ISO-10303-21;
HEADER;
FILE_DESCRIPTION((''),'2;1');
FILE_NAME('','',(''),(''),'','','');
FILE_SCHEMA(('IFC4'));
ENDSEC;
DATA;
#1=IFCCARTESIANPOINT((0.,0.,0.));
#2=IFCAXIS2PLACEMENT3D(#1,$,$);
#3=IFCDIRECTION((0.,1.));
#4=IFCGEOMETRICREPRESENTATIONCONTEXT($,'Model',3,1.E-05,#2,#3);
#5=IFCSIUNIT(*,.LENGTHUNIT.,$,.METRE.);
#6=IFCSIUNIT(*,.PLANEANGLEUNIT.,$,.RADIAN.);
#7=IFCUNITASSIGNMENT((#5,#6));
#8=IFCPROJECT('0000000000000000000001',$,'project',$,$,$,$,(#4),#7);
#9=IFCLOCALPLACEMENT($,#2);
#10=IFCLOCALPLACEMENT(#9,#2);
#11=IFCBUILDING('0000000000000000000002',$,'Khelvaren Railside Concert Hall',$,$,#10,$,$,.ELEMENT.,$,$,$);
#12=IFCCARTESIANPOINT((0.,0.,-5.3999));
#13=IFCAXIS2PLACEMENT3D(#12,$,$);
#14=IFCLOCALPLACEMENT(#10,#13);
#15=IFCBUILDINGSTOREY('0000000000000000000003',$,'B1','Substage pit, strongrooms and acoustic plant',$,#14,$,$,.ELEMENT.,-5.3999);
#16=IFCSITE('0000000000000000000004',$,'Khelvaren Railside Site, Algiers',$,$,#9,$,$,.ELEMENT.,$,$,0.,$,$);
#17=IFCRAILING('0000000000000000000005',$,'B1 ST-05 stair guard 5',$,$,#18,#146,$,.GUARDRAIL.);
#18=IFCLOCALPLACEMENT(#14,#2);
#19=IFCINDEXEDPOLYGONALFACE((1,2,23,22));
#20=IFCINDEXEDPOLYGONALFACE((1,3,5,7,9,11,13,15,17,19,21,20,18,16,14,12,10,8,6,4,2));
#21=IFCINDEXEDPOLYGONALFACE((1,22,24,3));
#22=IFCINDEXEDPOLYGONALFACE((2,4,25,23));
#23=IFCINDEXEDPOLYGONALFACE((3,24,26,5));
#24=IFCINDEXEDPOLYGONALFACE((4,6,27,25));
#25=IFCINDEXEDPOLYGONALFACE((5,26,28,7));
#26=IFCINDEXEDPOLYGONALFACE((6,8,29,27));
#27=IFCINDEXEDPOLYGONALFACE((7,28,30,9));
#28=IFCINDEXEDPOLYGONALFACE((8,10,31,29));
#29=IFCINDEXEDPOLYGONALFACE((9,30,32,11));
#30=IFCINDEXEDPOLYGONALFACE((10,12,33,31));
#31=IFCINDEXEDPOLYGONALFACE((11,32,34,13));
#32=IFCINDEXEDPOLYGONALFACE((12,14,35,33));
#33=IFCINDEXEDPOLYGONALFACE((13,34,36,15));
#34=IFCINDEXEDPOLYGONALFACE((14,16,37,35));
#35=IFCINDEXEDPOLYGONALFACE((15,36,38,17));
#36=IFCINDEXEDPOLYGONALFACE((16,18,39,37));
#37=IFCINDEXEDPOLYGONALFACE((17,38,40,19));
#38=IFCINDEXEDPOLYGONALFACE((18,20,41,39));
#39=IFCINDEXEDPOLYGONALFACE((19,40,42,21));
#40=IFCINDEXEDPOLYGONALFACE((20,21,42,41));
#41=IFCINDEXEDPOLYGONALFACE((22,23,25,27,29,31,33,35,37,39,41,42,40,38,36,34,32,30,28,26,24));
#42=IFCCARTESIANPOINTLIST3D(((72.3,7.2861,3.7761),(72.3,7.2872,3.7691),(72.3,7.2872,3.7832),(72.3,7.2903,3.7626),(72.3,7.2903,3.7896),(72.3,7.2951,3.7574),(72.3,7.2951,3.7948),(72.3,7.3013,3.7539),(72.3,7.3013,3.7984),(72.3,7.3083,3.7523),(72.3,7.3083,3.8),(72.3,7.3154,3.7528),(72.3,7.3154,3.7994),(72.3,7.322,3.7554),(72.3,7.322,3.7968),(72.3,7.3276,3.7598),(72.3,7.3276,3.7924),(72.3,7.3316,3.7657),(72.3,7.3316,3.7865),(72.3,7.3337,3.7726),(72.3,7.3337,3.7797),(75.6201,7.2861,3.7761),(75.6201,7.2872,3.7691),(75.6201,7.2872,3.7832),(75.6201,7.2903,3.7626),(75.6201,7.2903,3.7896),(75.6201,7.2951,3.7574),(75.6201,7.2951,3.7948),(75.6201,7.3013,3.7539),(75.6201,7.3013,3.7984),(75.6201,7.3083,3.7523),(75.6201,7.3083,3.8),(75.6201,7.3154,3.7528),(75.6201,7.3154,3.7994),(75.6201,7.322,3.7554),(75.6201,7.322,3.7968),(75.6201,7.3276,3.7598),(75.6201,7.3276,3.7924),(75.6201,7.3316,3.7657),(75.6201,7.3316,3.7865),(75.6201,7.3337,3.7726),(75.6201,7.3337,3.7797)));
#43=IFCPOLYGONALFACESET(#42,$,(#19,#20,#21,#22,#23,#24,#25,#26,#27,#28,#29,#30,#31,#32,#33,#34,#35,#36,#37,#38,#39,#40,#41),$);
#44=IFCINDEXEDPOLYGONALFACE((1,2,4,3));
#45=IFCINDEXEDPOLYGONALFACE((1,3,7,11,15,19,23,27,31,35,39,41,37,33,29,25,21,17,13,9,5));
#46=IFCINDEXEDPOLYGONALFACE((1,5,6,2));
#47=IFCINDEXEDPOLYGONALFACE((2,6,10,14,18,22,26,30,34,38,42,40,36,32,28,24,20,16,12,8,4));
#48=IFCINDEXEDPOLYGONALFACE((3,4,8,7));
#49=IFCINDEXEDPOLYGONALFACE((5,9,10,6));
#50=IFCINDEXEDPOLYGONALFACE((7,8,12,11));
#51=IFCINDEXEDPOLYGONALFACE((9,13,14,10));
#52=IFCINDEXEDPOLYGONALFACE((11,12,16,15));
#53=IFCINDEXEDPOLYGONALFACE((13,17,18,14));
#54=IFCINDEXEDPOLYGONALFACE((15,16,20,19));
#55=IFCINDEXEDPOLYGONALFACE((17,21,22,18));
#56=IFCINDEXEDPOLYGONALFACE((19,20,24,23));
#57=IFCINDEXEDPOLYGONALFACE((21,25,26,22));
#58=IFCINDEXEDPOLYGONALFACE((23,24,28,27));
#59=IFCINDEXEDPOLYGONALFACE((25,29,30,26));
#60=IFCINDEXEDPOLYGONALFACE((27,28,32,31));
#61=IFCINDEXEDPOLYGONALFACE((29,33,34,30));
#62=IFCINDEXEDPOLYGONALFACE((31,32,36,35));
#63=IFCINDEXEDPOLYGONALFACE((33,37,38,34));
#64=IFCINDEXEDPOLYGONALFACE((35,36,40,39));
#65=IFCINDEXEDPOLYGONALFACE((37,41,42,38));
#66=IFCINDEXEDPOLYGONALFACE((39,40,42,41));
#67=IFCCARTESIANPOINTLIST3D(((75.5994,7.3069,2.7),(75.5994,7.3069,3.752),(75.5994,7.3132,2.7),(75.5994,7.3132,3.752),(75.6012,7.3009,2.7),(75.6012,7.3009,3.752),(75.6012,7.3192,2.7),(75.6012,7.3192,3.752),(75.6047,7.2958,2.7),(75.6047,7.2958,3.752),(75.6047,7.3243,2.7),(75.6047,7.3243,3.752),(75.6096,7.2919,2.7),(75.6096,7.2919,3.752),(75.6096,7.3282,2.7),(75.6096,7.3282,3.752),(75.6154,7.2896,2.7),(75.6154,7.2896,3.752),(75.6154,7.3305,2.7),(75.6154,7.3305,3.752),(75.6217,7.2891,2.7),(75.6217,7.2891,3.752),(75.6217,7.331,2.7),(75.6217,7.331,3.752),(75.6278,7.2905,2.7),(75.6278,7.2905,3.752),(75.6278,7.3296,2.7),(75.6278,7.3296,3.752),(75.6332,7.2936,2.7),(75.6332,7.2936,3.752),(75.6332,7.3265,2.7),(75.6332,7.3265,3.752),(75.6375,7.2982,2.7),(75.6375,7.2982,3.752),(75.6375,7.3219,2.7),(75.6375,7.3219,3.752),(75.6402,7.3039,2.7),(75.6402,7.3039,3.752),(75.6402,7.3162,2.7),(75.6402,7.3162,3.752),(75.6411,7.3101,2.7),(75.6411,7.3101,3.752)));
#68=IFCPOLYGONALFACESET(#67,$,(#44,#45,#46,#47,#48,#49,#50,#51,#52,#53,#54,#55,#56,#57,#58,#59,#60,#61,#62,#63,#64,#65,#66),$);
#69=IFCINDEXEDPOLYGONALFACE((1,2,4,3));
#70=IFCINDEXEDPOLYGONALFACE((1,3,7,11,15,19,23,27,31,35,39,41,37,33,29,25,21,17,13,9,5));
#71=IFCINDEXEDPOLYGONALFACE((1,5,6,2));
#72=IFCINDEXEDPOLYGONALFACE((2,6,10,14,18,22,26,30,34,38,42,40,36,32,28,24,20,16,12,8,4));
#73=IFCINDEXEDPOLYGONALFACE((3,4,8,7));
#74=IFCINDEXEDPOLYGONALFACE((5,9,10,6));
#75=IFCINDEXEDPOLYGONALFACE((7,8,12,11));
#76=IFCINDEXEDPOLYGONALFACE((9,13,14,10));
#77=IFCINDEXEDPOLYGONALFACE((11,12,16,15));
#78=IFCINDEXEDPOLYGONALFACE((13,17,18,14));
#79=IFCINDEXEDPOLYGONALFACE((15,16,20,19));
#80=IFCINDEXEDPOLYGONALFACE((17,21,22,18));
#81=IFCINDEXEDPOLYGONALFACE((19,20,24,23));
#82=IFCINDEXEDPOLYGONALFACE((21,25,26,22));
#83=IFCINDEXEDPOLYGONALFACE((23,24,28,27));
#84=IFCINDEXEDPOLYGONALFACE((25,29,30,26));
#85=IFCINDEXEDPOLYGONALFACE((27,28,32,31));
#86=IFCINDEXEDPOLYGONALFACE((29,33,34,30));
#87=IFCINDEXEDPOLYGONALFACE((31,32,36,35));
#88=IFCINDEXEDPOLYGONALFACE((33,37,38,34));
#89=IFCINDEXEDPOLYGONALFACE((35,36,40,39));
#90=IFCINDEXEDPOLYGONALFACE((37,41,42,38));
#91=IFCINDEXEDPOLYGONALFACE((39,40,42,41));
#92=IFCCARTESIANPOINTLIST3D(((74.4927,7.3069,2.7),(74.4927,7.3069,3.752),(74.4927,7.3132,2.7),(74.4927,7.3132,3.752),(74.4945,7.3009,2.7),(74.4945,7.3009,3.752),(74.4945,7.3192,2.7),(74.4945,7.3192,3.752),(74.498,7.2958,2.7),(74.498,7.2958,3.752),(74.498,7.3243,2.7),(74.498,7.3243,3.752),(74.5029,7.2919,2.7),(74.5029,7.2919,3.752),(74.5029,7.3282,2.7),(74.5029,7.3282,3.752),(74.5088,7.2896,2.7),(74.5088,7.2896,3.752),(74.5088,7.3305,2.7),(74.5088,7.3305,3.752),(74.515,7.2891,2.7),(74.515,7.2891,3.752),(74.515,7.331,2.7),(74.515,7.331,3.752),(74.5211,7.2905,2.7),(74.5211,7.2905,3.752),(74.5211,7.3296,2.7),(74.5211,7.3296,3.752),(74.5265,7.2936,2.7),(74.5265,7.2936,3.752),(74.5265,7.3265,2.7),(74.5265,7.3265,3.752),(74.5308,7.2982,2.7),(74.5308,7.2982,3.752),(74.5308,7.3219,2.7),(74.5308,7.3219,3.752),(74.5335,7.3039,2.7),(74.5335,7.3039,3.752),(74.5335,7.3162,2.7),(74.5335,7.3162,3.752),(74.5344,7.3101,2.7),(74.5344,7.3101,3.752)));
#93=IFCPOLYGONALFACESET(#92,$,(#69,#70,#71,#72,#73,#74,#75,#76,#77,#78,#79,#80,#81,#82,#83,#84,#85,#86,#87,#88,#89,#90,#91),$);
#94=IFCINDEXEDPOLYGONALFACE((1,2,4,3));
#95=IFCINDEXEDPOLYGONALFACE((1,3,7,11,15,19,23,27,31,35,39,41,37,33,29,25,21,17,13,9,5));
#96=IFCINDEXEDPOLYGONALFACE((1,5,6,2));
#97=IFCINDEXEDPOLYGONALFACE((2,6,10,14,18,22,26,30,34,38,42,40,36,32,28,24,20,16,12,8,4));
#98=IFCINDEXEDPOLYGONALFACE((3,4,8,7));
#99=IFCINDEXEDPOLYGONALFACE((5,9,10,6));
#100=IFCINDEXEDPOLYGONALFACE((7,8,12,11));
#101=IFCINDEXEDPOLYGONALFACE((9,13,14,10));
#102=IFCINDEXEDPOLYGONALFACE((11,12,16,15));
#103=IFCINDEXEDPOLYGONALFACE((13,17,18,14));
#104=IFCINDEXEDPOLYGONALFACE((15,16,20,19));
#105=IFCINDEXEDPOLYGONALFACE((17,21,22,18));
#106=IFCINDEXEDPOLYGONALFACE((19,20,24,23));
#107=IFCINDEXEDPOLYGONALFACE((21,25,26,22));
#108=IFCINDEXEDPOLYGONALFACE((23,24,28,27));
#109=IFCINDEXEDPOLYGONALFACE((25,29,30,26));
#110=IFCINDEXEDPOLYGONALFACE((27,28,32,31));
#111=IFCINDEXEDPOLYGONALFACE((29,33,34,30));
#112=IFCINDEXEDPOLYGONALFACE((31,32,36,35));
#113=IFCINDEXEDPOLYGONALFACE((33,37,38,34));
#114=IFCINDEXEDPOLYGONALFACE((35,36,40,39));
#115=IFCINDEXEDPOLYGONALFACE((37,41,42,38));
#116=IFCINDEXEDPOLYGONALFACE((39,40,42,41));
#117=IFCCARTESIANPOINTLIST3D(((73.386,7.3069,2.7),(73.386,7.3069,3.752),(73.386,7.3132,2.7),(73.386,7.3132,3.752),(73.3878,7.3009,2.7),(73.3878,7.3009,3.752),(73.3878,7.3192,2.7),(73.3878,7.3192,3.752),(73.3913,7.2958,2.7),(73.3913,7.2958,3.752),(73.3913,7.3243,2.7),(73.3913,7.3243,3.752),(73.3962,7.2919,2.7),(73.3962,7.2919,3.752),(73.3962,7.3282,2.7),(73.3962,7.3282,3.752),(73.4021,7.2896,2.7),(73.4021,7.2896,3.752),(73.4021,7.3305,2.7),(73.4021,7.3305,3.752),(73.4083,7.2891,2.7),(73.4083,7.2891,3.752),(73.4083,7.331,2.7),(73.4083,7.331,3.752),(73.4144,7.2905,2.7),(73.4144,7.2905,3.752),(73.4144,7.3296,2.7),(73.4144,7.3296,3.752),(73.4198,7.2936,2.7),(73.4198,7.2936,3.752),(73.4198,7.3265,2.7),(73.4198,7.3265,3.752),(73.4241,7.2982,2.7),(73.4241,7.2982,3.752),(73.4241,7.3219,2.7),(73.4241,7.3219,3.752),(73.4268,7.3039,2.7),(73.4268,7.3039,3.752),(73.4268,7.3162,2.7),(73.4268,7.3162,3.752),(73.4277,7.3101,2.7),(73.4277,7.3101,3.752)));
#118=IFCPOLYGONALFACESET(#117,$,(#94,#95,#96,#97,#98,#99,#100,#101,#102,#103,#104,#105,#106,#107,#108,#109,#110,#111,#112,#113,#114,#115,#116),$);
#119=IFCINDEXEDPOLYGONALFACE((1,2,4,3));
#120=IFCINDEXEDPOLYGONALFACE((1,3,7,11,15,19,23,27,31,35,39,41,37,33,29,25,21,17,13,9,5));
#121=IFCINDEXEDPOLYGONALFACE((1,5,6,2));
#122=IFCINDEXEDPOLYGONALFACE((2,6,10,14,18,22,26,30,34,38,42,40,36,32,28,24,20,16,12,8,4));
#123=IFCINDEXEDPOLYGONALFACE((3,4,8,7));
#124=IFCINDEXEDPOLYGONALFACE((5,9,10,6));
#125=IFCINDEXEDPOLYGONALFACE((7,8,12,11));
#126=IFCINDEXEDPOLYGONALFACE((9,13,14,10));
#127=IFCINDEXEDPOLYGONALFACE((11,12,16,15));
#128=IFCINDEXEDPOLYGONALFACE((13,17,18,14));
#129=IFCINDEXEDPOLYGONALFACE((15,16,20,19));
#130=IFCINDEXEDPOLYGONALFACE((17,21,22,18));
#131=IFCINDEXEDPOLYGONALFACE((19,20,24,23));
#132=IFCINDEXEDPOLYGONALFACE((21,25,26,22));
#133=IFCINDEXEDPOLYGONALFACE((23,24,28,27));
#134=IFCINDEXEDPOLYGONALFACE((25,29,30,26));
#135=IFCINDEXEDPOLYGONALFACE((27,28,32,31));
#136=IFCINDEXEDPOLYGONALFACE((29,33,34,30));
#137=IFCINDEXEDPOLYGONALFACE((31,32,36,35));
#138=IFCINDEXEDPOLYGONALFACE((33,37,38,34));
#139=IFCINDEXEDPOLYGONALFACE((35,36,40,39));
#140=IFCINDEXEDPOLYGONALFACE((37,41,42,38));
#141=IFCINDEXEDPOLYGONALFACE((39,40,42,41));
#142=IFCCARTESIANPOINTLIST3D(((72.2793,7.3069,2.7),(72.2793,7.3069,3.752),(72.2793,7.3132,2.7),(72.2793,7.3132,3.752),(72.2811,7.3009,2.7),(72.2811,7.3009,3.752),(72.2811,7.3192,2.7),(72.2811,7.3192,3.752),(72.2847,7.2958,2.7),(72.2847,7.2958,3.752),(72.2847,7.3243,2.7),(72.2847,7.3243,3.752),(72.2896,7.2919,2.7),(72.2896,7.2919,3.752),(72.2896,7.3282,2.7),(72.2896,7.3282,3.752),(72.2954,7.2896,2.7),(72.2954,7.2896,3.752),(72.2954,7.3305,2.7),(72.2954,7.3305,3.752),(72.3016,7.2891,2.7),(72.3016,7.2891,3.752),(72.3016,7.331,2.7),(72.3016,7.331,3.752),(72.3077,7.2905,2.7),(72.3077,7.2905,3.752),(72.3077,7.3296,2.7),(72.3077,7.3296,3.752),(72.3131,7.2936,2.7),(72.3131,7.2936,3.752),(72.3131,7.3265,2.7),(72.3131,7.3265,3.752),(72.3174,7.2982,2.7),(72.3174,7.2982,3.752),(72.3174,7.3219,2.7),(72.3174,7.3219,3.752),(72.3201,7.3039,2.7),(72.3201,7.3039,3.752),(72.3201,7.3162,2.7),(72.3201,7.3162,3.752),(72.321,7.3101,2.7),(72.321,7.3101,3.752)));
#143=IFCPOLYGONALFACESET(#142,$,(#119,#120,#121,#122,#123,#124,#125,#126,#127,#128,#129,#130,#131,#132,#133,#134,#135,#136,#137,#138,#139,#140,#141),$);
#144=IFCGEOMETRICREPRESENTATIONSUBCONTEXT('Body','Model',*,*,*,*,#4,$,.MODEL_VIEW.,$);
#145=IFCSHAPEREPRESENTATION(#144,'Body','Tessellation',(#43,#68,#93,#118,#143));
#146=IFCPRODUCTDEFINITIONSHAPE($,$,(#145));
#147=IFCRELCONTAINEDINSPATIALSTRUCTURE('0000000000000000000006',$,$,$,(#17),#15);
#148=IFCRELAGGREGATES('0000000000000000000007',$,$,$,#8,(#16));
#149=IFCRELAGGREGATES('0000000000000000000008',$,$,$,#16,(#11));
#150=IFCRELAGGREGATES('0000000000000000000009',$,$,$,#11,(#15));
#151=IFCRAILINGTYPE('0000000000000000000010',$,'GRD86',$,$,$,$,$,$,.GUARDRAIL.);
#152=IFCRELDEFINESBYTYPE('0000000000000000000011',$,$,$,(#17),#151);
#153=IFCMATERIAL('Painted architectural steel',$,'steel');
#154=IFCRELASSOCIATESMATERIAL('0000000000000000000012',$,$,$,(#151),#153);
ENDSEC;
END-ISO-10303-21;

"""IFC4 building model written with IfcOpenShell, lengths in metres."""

from ifc_helpers import new_model, si_unit, direction, frame, origin, origin_2d, place, context, subcontext, project, spatial, circle, extrude, material, type_object, element, save


model = new_model("IFC4")

# Units and contexts
model_context = context("Model", 3, precision=1e-05, world=origin(), true_north=direction((0.0, 1.0)))
body_context = subcontext(model_context, "Body", "Model", "MODEL_VIEW")
ifc_project = project(units=[si_unit("LENGTHUNIT", "METRE"), si_unit("PLANEANGLEUNIT", "RADIAN")], contexts=[model_context])

# Site, building, storey
site_placement = place(None, origin())
site = spatial("IfcSite", under=ifc_project, at=site_placement, Name="Khelvaren Railside Site, Algiers", CompositionType="ELEMENT", RefElevation=0.0)
building_placement = place(site_placement, origin())
building = spatial("IfcBuilding", under=site, at=building_placement, Name="Khelvaren Railside Concert Hall", CompositionType="ELEMENT")
storey_placement = place(building_placement, frame((0.0, 0.0, -5.3999)))
storey = spatial("IfcBuildingStorey", under=building, at=storey_placement, Name="B1", Description="Substage pit, strongrooms and acoustic plant", CompositionType="ELEMENT", Elevation=-5.3999)

# Railing
ifc_material_1 = material(Name="Painted architectural steel", Category="steel")
railing_type = type_object("IfcRailingType", Name="GRD86", PredefinedType="GUARDRAIL", material=ifc_material_1)
railing_1_placement = place(storey_placement, frame((75.6201, 7.3101, 2.7)))
element("IfcRailing", 1, at=railing_1_placement, inside=storey, type_object=railing_type, Name="B1 ST-05 stair guard 5", PredefinedType="GUARDRAIL", context=body_context, shape_type="SweptSolid", body=[
    extrude(circle(Radius=0.0239, at=origin_2d()), frame((0.0, 0.0, 1.0762), z_axis=(-1.0, 0.0, 0.0), x_axis=(0.0, -1.0, 0.0)), (0.0, 0.0, 1.0), 3.3201),
    extrude(circle(Radius=0.021, at=origin_2d()), origin(), (0.0, 0.0, 1.0), 1.052),
    extrude(circle(Radius=0.021, at=origin_2d()), frame((-1.1067, 0.0, 0.0)), (0.0, 0.0, 1.0), 1.052),
    extrude(circle(Radius=0.021, at=origin_2d()), frame((-2.2134, 0.0, 0.0)), (0.0, 0.0, 1.0), 1.052),
    extrude(circle(Radius=0.021, at=origin_2d()), frame((-3.3201, 0.0, 0.0)), (0.0, 0.0, 1.0), 1.052),
])

save(model, "model.ifc")
